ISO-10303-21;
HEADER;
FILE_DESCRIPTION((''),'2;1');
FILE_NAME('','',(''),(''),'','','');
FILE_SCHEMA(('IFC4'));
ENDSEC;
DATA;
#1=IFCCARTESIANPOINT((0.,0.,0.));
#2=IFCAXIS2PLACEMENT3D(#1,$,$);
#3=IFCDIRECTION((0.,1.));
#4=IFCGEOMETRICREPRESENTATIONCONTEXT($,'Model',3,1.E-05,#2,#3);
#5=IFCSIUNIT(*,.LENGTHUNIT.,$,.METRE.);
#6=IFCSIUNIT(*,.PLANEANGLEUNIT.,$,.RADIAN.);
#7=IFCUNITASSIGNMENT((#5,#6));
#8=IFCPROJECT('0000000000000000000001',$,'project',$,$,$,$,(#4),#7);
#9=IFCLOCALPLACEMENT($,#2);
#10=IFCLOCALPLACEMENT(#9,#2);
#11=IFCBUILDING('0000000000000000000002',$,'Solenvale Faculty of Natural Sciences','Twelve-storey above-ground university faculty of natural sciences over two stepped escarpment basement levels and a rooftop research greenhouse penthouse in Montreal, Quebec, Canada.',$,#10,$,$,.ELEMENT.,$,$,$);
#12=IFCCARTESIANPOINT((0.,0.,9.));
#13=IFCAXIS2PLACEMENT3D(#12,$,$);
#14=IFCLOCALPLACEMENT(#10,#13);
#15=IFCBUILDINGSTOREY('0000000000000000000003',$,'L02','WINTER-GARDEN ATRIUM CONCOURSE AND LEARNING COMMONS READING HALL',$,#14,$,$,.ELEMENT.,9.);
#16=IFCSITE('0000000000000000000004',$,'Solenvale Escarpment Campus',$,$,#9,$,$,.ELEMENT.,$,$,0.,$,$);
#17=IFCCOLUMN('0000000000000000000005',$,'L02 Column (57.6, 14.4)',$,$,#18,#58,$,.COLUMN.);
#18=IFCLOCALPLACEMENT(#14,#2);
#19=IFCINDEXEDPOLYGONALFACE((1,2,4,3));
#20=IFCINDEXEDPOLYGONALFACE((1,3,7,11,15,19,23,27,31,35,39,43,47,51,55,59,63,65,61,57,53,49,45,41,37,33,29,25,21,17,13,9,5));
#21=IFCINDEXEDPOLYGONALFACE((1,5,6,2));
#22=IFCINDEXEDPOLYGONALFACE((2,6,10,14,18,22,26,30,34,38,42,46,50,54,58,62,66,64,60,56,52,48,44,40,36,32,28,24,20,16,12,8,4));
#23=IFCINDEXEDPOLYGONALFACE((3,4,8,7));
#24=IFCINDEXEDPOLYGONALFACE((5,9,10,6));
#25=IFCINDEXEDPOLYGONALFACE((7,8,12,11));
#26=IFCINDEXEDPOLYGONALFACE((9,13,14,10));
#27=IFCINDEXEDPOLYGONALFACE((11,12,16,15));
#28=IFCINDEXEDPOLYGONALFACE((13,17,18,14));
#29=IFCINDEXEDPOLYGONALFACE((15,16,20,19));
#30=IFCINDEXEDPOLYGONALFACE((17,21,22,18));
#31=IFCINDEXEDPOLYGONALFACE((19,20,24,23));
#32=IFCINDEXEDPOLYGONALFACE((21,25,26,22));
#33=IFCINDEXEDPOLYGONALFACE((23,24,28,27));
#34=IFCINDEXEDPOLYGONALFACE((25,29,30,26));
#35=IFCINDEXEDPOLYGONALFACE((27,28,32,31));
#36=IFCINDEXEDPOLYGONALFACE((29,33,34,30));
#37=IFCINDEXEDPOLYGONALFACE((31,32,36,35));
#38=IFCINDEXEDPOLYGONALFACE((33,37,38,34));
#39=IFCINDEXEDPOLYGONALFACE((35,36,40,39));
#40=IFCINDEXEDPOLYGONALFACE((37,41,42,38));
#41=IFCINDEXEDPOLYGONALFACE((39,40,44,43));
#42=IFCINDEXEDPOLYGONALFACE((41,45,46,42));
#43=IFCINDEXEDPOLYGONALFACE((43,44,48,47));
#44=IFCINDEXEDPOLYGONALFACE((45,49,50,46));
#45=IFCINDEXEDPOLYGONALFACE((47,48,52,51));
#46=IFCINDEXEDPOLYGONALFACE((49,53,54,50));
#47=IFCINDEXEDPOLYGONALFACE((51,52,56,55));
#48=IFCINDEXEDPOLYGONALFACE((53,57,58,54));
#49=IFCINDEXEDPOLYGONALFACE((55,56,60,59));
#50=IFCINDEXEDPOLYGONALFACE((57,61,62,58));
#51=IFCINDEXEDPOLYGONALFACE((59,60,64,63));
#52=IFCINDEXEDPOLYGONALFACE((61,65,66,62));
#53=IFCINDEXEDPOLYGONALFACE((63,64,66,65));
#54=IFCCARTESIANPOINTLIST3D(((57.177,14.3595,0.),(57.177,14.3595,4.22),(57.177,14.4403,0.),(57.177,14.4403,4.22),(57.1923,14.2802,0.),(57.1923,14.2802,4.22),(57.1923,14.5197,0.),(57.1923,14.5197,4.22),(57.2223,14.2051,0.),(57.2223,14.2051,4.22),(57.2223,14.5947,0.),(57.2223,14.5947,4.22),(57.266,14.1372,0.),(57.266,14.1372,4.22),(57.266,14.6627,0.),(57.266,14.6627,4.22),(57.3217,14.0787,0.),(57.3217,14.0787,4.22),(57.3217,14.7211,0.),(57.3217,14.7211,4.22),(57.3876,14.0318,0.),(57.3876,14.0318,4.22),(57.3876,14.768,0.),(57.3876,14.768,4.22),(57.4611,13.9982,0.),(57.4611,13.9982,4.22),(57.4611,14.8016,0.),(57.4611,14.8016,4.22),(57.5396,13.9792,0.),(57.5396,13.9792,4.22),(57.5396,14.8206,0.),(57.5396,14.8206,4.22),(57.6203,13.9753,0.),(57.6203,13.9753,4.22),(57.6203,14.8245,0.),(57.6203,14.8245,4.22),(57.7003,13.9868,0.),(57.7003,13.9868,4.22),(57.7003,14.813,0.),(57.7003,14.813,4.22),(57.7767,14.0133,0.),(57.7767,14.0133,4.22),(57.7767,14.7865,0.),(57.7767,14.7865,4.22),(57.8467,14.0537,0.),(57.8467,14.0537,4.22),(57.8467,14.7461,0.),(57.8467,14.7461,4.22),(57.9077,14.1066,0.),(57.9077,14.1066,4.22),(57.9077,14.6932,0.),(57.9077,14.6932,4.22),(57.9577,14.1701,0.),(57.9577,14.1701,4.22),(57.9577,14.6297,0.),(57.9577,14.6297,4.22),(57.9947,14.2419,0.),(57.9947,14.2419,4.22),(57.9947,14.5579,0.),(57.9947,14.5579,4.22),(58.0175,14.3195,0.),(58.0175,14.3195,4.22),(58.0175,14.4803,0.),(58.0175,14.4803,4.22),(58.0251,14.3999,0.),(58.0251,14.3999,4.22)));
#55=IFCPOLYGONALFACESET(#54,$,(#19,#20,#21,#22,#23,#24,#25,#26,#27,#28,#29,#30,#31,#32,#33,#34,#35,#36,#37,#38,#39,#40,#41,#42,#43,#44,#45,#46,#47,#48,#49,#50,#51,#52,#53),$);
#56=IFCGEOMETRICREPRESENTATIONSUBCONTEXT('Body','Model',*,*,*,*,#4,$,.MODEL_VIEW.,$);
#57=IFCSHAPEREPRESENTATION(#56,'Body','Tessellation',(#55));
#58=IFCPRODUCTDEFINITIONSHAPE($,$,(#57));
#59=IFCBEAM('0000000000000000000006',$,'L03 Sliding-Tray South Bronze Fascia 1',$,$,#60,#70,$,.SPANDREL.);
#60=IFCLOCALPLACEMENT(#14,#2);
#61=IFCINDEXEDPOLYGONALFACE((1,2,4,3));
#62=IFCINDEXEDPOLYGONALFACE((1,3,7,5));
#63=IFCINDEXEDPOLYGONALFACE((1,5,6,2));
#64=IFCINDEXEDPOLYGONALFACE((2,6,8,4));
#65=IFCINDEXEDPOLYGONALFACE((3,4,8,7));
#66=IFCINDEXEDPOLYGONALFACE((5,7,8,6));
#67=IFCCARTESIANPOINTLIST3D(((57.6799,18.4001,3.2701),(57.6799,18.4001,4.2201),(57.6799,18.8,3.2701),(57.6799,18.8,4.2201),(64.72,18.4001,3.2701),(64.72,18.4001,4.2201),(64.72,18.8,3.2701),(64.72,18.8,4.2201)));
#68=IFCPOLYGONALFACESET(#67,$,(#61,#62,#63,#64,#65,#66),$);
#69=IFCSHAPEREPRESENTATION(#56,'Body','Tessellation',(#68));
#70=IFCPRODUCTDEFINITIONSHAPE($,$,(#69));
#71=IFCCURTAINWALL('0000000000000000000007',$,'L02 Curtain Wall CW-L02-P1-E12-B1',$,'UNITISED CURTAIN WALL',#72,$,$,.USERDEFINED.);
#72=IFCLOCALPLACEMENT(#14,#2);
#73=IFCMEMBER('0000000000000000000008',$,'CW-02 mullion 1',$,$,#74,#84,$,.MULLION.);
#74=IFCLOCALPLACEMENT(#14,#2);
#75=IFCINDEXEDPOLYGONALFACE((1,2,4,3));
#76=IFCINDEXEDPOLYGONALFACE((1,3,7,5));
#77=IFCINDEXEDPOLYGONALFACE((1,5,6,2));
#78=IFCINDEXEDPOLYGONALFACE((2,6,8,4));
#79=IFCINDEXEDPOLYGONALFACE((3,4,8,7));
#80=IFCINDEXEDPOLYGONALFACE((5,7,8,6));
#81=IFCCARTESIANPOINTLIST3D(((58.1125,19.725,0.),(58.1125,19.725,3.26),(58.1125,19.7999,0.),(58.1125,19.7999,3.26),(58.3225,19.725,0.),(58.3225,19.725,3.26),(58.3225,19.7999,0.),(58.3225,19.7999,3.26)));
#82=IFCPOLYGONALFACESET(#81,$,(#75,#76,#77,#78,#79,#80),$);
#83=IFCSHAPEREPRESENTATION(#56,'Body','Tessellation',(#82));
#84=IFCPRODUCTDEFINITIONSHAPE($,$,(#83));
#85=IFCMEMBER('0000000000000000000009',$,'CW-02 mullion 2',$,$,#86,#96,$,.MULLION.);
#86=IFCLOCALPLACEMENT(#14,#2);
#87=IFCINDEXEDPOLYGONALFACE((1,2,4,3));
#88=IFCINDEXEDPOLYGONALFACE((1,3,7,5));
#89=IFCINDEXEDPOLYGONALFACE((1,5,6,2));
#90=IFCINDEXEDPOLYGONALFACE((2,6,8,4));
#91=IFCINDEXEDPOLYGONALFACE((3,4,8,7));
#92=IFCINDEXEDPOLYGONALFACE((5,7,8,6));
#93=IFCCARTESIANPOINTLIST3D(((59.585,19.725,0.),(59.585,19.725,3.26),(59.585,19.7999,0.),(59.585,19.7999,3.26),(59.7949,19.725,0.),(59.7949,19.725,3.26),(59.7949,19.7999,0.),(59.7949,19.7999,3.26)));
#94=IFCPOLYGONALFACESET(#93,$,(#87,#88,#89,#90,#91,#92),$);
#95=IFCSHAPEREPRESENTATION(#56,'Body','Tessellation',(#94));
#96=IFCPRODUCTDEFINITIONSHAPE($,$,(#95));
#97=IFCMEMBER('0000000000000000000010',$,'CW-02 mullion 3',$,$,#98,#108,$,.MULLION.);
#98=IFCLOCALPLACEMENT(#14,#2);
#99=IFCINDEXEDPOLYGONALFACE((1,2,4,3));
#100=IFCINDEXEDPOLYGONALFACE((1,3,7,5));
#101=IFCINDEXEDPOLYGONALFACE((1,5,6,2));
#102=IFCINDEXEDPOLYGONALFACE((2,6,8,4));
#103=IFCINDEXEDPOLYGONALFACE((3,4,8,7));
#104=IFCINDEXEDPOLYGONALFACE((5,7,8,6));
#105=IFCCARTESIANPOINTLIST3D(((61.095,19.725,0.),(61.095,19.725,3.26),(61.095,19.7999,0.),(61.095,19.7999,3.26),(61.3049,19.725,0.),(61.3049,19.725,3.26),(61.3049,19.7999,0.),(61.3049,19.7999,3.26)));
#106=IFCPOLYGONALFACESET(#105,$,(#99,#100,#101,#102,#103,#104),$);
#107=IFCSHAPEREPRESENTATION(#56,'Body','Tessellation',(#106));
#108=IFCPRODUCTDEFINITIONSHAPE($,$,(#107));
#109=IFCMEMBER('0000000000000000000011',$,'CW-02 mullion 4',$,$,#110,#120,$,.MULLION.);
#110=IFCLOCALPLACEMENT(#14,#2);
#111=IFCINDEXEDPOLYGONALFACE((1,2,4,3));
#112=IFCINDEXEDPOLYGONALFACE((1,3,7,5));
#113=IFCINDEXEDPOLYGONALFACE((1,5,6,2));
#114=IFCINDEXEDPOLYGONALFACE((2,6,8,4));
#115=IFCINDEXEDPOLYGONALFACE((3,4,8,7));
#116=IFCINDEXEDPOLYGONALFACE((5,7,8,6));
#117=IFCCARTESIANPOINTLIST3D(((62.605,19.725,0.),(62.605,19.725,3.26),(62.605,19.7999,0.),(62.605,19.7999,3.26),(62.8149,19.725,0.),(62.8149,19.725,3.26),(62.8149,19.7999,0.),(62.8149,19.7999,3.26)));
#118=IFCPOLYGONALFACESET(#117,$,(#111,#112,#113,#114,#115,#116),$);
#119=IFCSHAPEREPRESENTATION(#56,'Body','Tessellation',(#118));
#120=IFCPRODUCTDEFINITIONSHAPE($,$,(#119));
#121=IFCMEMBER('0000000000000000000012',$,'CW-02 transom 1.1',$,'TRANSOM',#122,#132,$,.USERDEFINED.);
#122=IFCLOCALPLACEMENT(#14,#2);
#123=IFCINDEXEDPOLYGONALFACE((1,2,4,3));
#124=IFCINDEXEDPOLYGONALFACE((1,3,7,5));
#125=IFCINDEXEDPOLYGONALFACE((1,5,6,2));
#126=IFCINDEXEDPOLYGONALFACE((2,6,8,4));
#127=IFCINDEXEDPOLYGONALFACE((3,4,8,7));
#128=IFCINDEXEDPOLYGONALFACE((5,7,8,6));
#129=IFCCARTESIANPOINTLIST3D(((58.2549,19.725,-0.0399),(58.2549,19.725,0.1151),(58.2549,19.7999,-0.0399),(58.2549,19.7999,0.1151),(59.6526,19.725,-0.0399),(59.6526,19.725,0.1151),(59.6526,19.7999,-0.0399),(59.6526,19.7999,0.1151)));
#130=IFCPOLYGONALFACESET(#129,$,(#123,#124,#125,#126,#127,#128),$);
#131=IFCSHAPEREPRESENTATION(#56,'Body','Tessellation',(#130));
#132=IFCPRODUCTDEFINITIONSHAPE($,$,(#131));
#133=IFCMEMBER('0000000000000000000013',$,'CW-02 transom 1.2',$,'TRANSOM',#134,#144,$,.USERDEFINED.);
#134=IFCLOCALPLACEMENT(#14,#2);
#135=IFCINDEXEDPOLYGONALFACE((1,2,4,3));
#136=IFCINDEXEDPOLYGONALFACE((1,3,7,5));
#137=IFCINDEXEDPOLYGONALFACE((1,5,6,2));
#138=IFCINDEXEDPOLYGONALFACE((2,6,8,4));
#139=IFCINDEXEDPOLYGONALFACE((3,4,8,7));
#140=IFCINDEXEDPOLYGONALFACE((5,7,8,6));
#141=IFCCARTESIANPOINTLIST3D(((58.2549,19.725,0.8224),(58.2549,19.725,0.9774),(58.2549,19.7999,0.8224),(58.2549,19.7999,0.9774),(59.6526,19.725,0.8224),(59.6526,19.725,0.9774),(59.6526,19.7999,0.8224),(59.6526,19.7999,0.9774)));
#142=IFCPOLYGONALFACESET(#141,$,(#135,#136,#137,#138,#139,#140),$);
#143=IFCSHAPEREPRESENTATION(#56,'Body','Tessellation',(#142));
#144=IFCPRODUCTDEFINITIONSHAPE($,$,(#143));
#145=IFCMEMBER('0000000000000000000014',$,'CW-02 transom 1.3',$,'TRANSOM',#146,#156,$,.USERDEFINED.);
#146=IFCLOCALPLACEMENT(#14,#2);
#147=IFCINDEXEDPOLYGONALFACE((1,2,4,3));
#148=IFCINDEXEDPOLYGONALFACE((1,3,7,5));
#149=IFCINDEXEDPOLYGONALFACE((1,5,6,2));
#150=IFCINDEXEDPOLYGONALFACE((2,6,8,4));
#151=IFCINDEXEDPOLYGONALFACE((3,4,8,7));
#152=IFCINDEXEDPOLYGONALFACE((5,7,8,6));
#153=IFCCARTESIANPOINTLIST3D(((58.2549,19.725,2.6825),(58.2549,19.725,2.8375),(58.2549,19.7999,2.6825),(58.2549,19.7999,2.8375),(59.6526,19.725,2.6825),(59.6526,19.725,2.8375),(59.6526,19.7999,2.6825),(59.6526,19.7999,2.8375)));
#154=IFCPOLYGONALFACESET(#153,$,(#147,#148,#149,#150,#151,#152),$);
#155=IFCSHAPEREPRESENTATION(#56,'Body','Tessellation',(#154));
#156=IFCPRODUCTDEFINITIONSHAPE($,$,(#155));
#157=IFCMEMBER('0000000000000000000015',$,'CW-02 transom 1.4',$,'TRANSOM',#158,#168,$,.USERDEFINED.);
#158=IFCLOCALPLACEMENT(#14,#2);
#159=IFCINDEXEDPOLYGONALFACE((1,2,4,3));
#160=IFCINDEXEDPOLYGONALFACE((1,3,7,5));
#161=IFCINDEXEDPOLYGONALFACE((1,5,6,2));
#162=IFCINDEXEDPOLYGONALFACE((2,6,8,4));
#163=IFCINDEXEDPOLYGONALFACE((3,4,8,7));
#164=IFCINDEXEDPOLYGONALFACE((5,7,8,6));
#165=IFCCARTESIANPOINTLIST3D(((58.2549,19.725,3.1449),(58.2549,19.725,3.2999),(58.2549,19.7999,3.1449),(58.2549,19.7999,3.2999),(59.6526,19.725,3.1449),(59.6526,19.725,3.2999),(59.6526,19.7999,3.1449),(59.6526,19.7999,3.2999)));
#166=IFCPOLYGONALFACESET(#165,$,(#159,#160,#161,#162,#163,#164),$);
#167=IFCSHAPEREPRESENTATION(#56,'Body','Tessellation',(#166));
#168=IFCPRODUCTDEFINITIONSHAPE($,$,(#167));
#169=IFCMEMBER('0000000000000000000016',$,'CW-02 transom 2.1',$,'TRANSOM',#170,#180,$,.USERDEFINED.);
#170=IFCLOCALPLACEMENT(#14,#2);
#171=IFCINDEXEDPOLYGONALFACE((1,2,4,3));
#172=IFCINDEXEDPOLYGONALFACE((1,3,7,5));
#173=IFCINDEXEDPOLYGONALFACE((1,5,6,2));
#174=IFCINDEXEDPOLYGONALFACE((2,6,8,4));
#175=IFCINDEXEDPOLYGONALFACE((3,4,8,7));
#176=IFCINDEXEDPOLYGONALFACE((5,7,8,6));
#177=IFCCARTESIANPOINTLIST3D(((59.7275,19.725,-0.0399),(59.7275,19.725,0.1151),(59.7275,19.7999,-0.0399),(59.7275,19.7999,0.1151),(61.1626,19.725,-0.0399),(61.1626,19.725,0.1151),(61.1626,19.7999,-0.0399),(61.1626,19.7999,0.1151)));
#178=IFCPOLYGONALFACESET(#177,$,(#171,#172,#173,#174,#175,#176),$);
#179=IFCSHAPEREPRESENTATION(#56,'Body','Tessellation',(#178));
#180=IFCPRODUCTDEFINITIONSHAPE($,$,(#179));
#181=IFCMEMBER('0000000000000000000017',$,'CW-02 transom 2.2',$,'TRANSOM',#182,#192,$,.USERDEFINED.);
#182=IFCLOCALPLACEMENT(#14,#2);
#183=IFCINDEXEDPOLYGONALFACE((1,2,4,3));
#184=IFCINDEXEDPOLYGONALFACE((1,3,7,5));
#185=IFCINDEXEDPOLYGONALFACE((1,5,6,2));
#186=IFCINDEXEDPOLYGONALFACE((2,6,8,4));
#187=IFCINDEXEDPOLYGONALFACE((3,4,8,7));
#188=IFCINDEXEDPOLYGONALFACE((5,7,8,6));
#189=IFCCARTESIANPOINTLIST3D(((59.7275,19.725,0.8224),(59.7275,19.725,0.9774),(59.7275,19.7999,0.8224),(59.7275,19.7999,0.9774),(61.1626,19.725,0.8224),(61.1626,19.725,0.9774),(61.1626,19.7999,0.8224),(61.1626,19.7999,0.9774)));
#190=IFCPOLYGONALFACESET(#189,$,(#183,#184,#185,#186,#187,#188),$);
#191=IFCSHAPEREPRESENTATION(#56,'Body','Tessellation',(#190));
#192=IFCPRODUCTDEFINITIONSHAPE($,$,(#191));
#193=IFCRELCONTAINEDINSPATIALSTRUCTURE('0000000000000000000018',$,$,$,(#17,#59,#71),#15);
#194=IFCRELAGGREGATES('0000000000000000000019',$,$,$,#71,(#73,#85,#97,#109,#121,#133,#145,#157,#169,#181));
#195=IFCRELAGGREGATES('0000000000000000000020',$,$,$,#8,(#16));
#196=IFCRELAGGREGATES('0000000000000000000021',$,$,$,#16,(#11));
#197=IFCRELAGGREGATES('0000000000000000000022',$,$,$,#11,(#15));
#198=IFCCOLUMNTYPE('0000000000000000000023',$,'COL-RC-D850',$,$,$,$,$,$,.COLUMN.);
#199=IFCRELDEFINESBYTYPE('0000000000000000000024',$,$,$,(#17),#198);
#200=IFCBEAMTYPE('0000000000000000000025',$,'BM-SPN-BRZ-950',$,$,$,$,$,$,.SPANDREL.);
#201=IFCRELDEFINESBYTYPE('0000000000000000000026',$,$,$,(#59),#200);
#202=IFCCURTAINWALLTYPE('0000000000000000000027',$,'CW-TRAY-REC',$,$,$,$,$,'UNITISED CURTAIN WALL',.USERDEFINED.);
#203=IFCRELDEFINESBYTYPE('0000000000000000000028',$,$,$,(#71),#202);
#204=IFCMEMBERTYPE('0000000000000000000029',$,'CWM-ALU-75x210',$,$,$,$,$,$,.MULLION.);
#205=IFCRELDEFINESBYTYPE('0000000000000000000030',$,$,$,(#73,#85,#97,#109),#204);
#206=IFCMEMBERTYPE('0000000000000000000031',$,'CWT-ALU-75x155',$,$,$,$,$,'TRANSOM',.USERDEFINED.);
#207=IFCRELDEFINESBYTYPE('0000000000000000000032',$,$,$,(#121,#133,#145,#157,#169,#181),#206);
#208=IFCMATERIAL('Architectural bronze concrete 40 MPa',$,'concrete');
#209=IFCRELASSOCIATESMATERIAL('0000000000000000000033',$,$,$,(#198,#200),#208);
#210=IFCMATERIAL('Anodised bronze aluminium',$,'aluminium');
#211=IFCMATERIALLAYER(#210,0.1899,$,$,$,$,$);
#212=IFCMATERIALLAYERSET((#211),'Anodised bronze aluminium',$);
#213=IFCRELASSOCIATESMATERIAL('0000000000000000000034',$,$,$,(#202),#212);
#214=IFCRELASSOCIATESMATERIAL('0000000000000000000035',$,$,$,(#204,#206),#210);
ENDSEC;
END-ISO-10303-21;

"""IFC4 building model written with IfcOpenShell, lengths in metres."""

from ifc_helpers import new_model, si_unit, direction, frame, origin, origin_2d, place, context, subcontext, project, spatial, rectangle, circle, extrude, material, layer, layer_set, material_profile, profile_set, type_object, element, aggregate, save


model = new_model("IFC4")

# Units and contexts
model_context = context("Model", 3, precision=1e-05, world=origin(), true_north=direction((0.0, 1.0)))
body_context = subcontext(model_context, "Body", "Model", "MODEL_VIEW")
ifc_project = project(units=[si_unit("LENGTHUNIT", "METRE"), si_unit("PLANEANGLEUNIT", "RADIAN")], contexts=[model_context])

# Site, building, storey
site_placement = place(None, origin())
site = spatial("IfcSite", under=ifc_project, at=site_placement, Name="Solenvale Escarpment Campus", CompositionType="ELEMENT", RefElevation=0.0)
building_placement = place(site_placement, origin())
building = spatial("IfcBuilding", under=site, at=building_placement, Name="Solenvale Faculty of Natural Sciences", Description="Twelve-storey above-ground university faculty of natural sciences over two stepped escarpment basement levels and a rooftop research greenhouse penthouse in Montreal, Quebec, Canada.", CompositionType="ELEMENT")
storey_placement = place(building_placement, frame((0.0, 0.0, 9.0)))
storey = spatial("IfcBuildingStorey", under=building, at=storey_placement, Name="L02", Description="WINTER-GARDEN ATRIUM CONCOURSE AND LEARNING COMMONS READING HALL", CompositionType="ELEMENT", Elevation=9.0)

# Column
ifc_material_1 = material(Name="Architectural bronze concrete 40 MPa", Category="concrete")
ifc_material_profile_1 = material_profile(ifc_material_1, circle(Radius=0.425, at=origin_2d()), Name="RC-COL-D850")
ifc_profile_set_1 = profile_set([ifc_material_profile_1], Name="Architectural bronze concrete 40 MPa")
column_type = type_object("IfcColumnType", Name="COL-RC-D850", PredefinedType="COLUMN", material=ifc_profile_set_1)
column_placement = place(storey_placement, frame((57.6001, 14.3999, 0.0), z_axis=(0.0, 0.0, 1.0), x_axis=(1.0, 0.0, 0.0)))
element("IfcColumn", 1, at=column_placement, inside=storey, type_object=column_type, Name="L02 Column (57.6, 14.4)", PredefinedType="COLUMN", context=body_context, shape_type="SweptSolid", body=[
    extrude(circle(Radius=0.425, at=origin_2d()), origin(), (0.0, 0.0, 1.0), 4.22),
])

# Beam
ifc_material_profile_2 = material_profile(ifc_material_1, rectangle(XDim=0.3999, YDim=0.95, at=origin_2d()), Name="RC-SPN-400x950")
ifc_profile_set_2 = profile_set([ifc_material_profile_2], Name="Architectural bronze concrete 40 MPa")
beam_type = type_object("IfcBeamType", Name="BM-SPN-BRZ-950", PredefinedType="SPANDREL", material=ifc_profile_set_2)
beam_placement = place(storey_placement, frame((57.6799, 18.6001, 3.7451), z_axis=(1.0, 0.0, 0.0), x_axis=(0.0, 1.0, 0.0)))
element("IfcBeam", 2, at=beam_placement, inside=storey, type_object=beam_type, Name="L03 Sliding-Tray South Bronze Fascia 1", PredefinedType="SPANDREL", context=body_context, shape_type="SweptSolid", body=[
    extrude(rectangle(XDim=0.3999, YDim=0.95, at=origin_2d()), origin(), (0.0, 0.0, 1.0), 7.04),
])

# Curtain wall, members
ifc_material_2 = material(Name="Anodised bronze aluminium", Category="aluminium")
ifc_layer_1 = layer(ifc_material_2, 0.1899)
ifc_layer_set_1 = layer_set([ifc_layer_1], Name="Anodised bronze aluminium")
curtain_wall_type = type_object("IfcCurtainWallType", Name="CW-TRAY-REC", ElementType="UNITISED CURTAIN WALL", PredefinedType="USERDEFINED", material=ifc_layer_set_1)
curtain_wall_placement = place(storey_placement, origin())
curtain_wall = element("IfcCurtainWall", 3, at=curtain_wall_placement, inside=storey, type_object=curtain_wall_type, Name="L02 Curtain Wall CW-L02-P1-E12-B1", ObjectType="UNITISED CURTAIN WALL", PredefinedType="USERDEFINED")
ifc_material_profile_3 = material_profile(ifc_material_2, rectangle(XDim=0.075, YDim=0.21, at=origin_2d()), Name="ALU-MUL-75x210")
ifc_profile_set_3 = profile_set([ifc_material_profile_3], Name="Anodised bronze aluminium")
member_type_1 = type_object("IfcMemberType", Name="CWM-ALU-75x210", PredefinedType="MULLION", material=ifc_profile_set_3)
member_1_placement = place(storey_placement, frame((58.2175, 19.7625, 0.0), z_axis=(0.0, 0.0, 1.0), x_axis=(0.0, 1.0, 0.0)))
member_1 = element("IfcMember", 4, at=member_1_placement, type_object=member_type_1, Name="CW-02 mullion 1", PredefinedType="MULLION", context=body_context, shape_type="SweptSolid", body=[
    extrude(rectangle(XDim=0.075, YDim=0.21, at=origin_2d()), origin(), (0.0, 0.0, 1.0), 3.26),
])
member_2_placement = place(storey_placement, frame((59.6899, 19.7625, 0.0), z_axis=(0.0, 0.0, 1.0), x_axis=(0.0, 1.0, 0.0)))
member_2 = element("IfcMember", 5, at=member_2_placement, type_object=member_type_1, Name="CW-02 mullion 2", PredefinedType="MULLION", context=body_context, shape_type="SweptSolid", body=[
    extrude(rectangle(XDim=0.075, YDim=0.21, at=origin_2d()), origin(), (0.0, 0.0, 1.0), 3.26),
])
member_3_placement = place(storey_placement, frame((61.2, 19.7625, 0.0), z_axis=(0.0, 0.0, 1.0), x_axis=(0.0, 1.0, 0.0)))
member_3 = element("IfcMember", 6, at=member_3_placement, type_object=member_type_1, Name="CW-02 mullion 3", PredefinedType="MULLION", context=body_context, shape_type="SweptSolid", body=[
    extrude(rectangle(XDim=0.075, YDim=0.21, at=origin_2d()), origin(), (0.0, 0.0, 1.0), 3.26),
])
member_4_placement = place(storey_placement, frame((62.71, 19.7625, 0.0), z_axis=(0.0, 0.0, 1.0), x_axis=(0.0, 1.0, 0.0)))
member_4 = element("IfcMember", 7, at=member_4_placement, type_object=member_type_1, Name="CW-02 mullion 4", PredefinedType="MULLION", context=body_context, shape_type="SweptSolid", body=[
    extrude(rectangle(XDim=0.075, YDim=0.21, at=origin_2d()), origin(), (0.0, 0.0, 1.0), 3.26),
])
ifc_material_profile_4 = material_profile(ifc_material_2, rectangle(XDim=0.075, YDim=0.155, at=origin_2d()), Name="ALU-TRN-75x155")
ifc_profile_set_4 = profile_set([ifc_material_profile_4], Name="Anodised bronze aluminium")
member_type_2 = type_object("IfcMemberType", Name="CWT-ALU-75x155", ElementType="TRANSOM", PredefinedType="USERDEFINED", material=ifc_profile_set_4)
member_5_placement = place(storey_placement, frame((58.2549, 19.7625, 0.0376), z_axis=(1.0, 0.0, 0.0), x_axis=(0.0, 1.0, 0.0)))
member_5 = element("IfcMember", 8, at=member_5_placement, type_object=member_type_2, Name="CW-02 transom 1.1", ObjectType="TRANSOM", PredefinedType="USERDEFINED", context=body_context, shape_type="SweptSolid", body=[
    extrude(rectangle(XDim=0.075, YDim=0.155, at=origin_2d()), origin(), (0.0, 0.0, 1.0), 1.3977),
])
member_6_placement = place(storey_placement, frame((58.2549, 19.7625, 0.8999), z_axis=(1.0, 0.0, 0.0), x_axis=(0.0, 1.0, 0.0)))
member_6 = element("IfcMember", 9, at=member_6_placement, type_object=member_type_2, Name="CW-02 transom 1.2", ObjectType="TRANSOM", PredefinedType="USERDEFINED", context=body_context, shape_type="SweptSolid", body=[
    extrude(rectangle(XDim=0.075, YDim=0.155, at=origin_2d()), origin(), (0.0, 0.0, 1.0), 1.3977),
])
member_7_placement = place(storey_placement, frame((58.2549, 19.7625, 2.76), z_axis=(1.0, 0.0, 0.0), x_axis=(0.0, 1.0, 0.0)))
member_7 = element("IfcMember", 10, at=member_7_placement, type_object=member_type_2, Name="CW-02 transom 1.3", ObjectType="TRANSOM", PredefinedType="USERDEFINED", context=body_context, shape_type="SweptSolid", body=[
    extrude(rectangle(XDim=0.075, YDim=0.155, at=origin_2d()), origin(), (0.0, 0.0, 1.0), 1.3977),
])
member_8_placement = place(storey_placement, frame((58.2549, 19.7625, 3.2224), z_axis=(1.0, 0.0, 0.0), x_axis=(0.0, 1.0, 0.0)))
member_8 = element("IfcMember", 11, at=member_8_placement, type_object=member_type_2, Name="CW-02 transom 1.4", ObjectType="TRANSOM", PredefinedType="USERDEFINED", context=body_context, shape_type="SweptSolid", body=[
    extrude(rectangle(XDim=0.075, YDim=0.155, at=origin_2d()), origin(), (0.0, 0.0, 1.0), 1.3977),
])
member_9_placement = place(storey_placement, frame((59.7275, 19.7625, 0.0376), z_axis=(1.0, 0.0, 0.0), x_axis=(0.0, 1.0, 0.0)))
member_9 = element("IfcMember", 12, at=member_9_placement, type_object=member_type_2, Name="CW-02 transom 2.1", ObjectType="TRANSOM", PredefinedType="USERDEFINED", context=body_context, shape_type="SweptSolid", body=[
    extrude(rectangle(XDim=0.075, YDim=0.155, at=origin_2d()), origin(), (0.0, 0.0, 1.0), 1.4351),
])
member_10_placement = place(storey_placement, frame((59.7275, 19.7625, 0.8999), z_axis=(1.0, 0.0, 0.0), x_axis=(0.0, 1.0, 0.0)))
member_10 = element("IfcMember", 13, at=member_10_placement, type_object=member_type_2, Name="CW-02 transom 2.2", ObjectType="TRANSOM", PredefinedType="USERDEFINED", context=body_context, shape_type="SweptSolid", body=[
    extrude(rectangle(XDim=0.075, YDim=0.155, at=origin_2d()), origin(), (0.0, 0.0, 1.0), 1.4351),
])
aggregate(curtain_wall, [member_1, member_2, member_3, member_4, member_5, member_6, member_7, member_8, member_9, member_10])

save(model, "model.ifc")
